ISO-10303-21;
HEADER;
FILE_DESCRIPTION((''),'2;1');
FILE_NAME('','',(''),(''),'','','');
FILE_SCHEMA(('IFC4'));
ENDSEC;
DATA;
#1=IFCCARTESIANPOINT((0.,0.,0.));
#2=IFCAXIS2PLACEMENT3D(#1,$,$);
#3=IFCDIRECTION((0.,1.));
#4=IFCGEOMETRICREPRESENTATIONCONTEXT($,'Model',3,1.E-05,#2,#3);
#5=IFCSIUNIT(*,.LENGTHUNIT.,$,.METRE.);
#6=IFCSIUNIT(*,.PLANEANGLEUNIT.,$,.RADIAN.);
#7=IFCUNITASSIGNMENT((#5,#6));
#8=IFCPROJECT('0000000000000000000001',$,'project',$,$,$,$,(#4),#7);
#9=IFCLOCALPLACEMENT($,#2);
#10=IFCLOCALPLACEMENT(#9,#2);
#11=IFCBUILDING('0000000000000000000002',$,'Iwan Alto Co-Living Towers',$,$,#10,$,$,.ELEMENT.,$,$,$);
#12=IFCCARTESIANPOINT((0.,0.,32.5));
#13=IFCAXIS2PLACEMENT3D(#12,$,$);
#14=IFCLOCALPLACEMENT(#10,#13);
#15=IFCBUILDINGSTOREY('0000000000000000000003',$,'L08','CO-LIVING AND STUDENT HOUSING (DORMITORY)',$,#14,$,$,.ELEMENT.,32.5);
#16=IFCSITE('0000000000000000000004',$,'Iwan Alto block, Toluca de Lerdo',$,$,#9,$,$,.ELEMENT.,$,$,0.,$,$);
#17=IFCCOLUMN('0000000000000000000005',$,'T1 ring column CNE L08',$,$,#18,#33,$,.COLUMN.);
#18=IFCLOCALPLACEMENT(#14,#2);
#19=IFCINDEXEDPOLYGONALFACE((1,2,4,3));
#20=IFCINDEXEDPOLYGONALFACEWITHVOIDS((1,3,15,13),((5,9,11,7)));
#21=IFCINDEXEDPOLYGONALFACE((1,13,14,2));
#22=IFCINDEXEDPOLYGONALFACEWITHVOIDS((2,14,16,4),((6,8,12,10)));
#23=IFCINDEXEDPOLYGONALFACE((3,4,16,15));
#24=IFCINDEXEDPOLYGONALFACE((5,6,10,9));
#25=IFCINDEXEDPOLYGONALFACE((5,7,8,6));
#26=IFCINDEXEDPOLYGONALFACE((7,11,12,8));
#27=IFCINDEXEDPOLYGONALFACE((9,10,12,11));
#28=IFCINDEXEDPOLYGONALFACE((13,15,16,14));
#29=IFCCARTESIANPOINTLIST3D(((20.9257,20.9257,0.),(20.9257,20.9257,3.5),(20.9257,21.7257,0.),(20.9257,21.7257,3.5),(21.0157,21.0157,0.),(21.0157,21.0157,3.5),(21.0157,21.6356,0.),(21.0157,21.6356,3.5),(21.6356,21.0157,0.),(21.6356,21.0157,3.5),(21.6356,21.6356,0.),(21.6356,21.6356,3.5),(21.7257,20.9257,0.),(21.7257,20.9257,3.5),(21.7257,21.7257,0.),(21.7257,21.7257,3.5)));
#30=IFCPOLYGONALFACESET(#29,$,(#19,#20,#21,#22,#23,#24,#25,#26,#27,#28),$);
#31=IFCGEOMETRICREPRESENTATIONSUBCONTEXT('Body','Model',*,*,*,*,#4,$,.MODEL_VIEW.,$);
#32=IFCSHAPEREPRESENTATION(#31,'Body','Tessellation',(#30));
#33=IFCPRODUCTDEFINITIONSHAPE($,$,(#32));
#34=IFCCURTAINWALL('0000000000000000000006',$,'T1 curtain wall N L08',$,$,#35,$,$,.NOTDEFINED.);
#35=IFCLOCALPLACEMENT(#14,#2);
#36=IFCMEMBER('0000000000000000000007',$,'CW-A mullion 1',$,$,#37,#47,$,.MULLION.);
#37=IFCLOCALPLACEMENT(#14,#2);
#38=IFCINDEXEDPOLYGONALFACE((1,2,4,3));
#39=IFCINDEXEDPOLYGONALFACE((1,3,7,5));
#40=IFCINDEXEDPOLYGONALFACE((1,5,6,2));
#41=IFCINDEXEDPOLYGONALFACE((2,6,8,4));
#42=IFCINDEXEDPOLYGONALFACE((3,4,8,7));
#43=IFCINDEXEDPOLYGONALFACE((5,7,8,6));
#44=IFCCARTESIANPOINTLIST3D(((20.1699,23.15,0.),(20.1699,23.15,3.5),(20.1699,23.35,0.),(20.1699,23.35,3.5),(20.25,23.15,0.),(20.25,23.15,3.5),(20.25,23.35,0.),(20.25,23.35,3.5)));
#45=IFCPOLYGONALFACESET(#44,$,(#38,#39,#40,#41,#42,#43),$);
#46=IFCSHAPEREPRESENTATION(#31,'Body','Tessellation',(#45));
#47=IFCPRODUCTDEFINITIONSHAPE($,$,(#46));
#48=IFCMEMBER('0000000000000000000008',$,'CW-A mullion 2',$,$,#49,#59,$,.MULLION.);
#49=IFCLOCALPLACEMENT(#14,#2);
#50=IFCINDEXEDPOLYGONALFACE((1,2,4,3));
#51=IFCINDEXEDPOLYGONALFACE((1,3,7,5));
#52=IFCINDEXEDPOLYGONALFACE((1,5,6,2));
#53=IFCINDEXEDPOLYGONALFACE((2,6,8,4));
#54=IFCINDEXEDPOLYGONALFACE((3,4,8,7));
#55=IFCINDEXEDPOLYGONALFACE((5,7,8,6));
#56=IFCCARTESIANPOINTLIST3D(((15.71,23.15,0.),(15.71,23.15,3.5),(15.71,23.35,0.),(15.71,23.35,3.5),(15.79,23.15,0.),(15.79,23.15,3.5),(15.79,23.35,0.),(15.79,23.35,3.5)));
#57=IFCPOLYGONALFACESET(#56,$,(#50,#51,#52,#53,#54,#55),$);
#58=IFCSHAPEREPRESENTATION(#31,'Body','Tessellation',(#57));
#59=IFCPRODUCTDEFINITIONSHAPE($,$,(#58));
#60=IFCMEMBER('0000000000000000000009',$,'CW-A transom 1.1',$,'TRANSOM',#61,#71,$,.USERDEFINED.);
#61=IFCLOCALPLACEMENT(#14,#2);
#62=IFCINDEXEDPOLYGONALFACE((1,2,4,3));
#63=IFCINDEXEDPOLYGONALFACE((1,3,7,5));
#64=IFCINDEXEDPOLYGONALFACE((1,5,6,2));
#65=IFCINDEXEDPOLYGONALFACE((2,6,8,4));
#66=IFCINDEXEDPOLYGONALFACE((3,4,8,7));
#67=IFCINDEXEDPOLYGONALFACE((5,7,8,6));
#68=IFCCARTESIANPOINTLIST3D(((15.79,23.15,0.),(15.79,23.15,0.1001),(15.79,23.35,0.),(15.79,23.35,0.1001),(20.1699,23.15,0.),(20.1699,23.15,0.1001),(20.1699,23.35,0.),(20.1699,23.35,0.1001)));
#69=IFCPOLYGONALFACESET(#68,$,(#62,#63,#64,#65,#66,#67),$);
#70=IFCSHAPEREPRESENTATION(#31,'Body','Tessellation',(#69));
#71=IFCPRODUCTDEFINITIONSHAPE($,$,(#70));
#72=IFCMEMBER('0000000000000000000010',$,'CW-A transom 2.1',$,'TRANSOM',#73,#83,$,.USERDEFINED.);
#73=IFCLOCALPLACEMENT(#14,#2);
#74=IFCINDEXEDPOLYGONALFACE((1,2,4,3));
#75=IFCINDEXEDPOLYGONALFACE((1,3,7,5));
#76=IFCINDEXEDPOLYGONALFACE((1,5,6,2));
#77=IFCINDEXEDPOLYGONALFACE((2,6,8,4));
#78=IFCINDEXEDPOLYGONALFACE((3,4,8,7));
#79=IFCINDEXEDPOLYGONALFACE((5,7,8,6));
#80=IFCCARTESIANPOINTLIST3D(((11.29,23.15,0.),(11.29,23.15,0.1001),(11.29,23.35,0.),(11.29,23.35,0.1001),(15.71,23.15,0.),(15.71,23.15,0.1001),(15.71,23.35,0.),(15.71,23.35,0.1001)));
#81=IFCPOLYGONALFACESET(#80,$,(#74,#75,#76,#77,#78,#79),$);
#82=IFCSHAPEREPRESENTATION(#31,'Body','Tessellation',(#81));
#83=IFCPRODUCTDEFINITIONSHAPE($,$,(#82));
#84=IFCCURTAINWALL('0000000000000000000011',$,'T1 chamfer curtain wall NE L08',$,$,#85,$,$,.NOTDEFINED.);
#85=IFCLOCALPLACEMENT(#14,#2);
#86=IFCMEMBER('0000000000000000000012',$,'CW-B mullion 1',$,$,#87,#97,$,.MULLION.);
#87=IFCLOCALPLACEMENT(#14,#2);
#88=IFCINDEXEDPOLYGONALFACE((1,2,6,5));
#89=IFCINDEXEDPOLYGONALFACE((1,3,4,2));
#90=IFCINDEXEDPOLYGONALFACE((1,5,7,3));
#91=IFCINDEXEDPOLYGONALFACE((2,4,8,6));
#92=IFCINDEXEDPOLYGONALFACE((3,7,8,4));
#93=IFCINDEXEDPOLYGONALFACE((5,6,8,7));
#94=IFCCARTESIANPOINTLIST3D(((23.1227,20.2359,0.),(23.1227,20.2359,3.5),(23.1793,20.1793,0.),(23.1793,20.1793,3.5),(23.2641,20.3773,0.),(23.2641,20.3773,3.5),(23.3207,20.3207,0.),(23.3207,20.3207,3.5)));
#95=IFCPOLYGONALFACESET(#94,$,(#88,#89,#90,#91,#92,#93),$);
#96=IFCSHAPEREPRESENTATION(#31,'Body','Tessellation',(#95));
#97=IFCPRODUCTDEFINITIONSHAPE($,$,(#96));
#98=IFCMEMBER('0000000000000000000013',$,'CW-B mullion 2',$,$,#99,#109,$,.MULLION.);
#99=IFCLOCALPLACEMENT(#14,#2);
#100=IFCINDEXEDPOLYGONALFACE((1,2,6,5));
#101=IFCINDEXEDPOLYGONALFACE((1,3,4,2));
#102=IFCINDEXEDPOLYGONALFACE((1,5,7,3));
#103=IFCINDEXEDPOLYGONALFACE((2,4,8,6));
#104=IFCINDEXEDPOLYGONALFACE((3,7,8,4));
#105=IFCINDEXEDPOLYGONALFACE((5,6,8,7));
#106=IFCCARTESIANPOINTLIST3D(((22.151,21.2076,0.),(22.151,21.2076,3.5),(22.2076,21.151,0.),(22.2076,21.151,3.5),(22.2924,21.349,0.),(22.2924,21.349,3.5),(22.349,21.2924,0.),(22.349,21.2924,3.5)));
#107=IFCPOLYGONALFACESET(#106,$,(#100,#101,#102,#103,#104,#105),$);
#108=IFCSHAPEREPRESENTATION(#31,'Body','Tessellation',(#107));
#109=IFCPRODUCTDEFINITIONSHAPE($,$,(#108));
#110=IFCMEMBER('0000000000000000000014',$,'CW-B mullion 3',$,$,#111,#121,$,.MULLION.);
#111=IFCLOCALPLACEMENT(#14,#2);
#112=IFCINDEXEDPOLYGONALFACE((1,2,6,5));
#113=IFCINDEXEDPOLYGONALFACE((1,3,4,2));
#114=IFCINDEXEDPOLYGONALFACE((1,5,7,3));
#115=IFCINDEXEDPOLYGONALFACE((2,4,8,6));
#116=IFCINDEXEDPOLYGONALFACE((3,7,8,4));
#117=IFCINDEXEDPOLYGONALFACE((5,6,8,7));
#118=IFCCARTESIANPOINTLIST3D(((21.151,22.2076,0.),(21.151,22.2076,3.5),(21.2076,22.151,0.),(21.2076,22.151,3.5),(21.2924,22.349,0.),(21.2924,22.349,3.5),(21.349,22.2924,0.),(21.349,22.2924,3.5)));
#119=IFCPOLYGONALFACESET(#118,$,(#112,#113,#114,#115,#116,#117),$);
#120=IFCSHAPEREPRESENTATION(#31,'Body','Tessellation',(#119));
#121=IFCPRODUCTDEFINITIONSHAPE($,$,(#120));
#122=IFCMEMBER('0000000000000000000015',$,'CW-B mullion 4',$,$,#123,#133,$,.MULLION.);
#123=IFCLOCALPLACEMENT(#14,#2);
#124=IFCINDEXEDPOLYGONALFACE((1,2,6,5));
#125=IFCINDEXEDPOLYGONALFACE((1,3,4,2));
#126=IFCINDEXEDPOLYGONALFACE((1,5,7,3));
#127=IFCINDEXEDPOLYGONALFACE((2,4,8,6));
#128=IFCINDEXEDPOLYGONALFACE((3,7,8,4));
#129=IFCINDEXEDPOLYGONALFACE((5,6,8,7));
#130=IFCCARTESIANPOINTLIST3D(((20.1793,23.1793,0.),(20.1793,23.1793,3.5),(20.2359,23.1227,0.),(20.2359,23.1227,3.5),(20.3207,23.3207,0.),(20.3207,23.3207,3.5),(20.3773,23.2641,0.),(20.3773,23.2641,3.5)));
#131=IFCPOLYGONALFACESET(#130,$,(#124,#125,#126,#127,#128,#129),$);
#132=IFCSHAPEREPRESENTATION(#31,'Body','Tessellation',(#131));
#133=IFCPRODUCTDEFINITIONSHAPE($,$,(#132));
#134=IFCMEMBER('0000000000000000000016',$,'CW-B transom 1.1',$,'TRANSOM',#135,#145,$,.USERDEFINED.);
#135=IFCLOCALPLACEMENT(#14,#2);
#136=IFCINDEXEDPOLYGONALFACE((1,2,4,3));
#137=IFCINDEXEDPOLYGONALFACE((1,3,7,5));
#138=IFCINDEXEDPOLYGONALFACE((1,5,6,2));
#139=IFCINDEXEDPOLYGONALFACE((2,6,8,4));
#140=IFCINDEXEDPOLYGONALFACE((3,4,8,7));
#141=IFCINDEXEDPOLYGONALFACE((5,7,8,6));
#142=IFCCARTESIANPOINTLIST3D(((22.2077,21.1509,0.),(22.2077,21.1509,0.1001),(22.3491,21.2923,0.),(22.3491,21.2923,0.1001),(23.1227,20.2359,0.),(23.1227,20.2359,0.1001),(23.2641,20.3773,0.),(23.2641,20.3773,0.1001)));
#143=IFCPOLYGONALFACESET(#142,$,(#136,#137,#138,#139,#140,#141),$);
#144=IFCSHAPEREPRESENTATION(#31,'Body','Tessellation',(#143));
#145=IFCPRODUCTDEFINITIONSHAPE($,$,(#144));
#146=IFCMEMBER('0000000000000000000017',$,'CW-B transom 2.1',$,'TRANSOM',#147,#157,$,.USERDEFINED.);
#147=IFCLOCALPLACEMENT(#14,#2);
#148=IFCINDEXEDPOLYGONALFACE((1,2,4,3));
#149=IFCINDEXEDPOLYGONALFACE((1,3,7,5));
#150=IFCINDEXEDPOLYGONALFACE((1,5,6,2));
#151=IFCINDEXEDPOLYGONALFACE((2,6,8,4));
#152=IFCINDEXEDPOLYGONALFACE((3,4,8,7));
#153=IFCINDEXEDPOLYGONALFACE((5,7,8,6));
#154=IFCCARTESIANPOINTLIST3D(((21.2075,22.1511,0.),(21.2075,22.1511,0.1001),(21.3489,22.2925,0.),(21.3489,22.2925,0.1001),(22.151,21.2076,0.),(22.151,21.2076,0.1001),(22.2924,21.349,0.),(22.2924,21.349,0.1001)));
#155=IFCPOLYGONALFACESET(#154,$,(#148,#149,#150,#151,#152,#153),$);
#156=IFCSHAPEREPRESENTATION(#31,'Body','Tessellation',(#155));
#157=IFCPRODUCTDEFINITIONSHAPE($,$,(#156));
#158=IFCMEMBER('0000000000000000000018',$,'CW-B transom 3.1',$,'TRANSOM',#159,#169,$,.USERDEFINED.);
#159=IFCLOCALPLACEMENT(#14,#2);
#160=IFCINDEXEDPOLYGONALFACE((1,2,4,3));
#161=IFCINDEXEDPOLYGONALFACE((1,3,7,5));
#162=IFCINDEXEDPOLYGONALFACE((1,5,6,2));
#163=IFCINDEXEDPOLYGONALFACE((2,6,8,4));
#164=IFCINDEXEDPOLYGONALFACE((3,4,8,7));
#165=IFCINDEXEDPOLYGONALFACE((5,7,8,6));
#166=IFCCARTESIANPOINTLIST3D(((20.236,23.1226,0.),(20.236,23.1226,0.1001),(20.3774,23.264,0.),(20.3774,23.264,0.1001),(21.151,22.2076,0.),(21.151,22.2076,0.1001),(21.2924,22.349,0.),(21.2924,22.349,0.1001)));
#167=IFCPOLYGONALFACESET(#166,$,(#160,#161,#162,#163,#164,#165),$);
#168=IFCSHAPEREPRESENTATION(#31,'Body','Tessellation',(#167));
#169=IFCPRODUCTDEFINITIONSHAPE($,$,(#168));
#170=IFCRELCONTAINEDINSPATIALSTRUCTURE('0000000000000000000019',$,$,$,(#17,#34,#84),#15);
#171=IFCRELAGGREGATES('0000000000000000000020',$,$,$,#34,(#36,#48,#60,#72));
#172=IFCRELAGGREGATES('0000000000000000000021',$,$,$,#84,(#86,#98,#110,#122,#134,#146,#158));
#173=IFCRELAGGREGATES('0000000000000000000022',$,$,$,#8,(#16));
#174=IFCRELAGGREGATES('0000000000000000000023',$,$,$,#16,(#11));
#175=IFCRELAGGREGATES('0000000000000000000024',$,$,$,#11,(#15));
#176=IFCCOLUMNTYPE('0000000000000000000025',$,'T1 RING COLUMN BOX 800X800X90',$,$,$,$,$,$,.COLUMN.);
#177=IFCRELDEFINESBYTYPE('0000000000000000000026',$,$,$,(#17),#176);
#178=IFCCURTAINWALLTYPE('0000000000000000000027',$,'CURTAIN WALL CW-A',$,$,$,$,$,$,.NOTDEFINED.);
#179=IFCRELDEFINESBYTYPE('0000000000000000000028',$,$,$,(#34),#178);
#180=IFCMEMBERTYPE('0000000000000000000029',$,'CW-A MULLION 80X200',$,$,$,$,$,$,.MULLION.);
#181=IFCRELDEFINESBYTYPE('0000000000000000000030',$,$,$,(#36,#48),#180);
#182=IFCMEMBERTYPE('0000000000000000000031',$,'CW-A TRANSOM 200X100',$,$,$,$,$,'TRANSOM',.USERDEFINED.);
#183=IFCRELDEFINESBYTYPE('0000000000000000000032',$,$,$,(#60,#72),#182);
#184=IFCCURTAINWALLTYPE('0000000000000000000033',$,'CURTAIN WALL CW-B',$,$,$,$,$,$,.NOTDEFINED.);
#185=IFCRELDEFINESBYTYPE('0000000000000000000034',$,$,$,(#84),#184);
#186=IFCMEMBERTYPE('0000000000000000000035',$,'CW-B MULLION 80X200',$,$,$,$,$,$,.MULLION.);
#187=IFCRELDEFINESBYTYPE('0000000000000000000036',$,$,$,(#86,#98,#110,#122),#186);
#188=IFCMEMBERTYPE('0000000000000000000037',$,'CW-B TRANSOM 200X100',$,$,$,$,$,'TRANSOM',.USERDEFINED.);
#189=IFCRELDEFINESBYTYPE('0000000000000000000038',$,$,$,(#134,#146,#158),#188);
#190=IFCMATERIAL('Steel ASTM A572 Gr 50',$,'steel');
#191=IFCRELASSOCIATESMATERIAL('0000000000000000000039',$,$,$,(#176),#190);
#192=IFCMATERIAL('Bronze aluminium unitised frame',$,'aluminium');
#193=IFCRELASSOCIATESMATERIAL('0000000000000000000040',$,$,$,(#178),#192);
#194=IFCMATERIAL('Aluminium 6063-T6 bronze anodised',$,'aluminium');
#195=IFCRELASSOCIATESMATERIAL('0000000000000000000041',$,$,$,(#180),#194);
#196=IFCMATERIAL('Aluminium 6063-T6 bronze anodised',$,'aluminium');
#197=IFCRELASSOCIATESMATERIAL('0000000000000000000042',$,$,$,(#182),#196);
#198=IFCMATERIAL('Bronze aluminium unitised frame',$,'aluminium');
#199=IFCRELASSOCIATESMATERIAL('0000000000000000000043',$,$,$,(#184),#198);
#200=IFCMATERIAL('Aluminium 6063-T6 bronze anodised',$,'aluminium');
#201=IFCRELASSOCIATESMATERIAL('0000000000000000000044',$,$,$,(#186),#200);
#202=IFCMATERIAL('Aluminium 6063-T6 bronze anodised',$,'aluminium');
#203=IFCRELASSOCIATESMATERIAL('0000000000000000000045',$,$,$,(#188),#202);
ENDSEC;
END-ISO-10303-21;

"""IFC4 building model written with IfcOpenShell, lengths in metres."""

from ifc_helpers import new_model, si_unit, direction, frame, origin, origin_2d, place, context, subcontext, project, spatial, rectangle, hollow_rectangle, extrude, material, material_profile, profile_set, type_object, element, aggregate, save


model = new_model("IFC4")

# Units and contexts
model_context = context("Model", 3, precision=1e-05, world=origin(), true_north=direction((0.0, 1.0)))
body_context = subcontext(model_context, "Body", "Model", "MODEL_VIEW")
ifc_project = project(units=[si_unit("LENGTHUNIT", "METRE"), si_unit("PLANEANGLEUNIT", "RADIAN")], contexts=[model_context])

# Site, building, storey
site_placement = place(None, origin())
site = spatial("IfcSite", under=ifc_project, at=site_placement, Name="Iwan Alto block, Toluca de Lerdo", CompositionType="ELEMENT", RefElevation=0.0)
building_placement = place(site_placement, origin())
building = spatial("IfcBuilding", under=site, at=building_placement, Name="Iwan Alto Co-Living Towers", CompositionType="ELEMENT")
storey_placement = place(building_placement, frame((0.0, 0.0, 32.5)))
storey = spatial("IfcBuildingStorey", under=building, at=storey_placement, Name="L08", Description="CO-LIVING AND STUDENT HOUSING (DORMITORY)", CompositionType="ELEMENT", Elevation=32.5)

# Column
ifc_material_1 = material(Name="Steel ASTM A572 Gr 50", Category="steel")
ifc_material_profile_1 = material_profile(ifc_material_1, hollow_rectangle(XDim=0.8, YDim=0.8, WallThickness=0.0901, at=origin_2d()), Name="BOX 800X800X90")
ifc_profile_set_1 = profile_set([ifc_material_profile_1], Name="Steel ASTM A572 Gr 50")
column_type = type_object("IfcColumnType", Name="T1 RING COLUMN BOX 800X800X90", PredefinedType="COLUMN", material=ifc_profile_set_1)
column_placement = place(storey_placement, frame((21.3257, 21.3257, 0.0), z_axis=(0.0, 0.0, 1.0), x_axis=(1.0, 0.0, 0.0)))
element("IfcColumn", 1, at=column_placement, inside=storey, type_object=column_type, Name="T1 ring column CNE L08", PredefinedType="COLUMN", context=body_context, shape_type="SweptSolid", body=[
    extrude(hollow_rectangle(XDim=0.8, YDim=0.8, WallThickness=0.0901, at=origin_2d()), origin(), (0.0, 0.0, 1.0), 3.5),
])

# Curtain walls, members
ifc_material_2 = material(Name="Bronze aluminium unitised frame", Category="aluminium")
curtain_wall_type_1 = type_object("IfcCurtainWallType", Name="CURTAIN WALL CW-A", PredefinedType="NOTDEFINED", material=ifc_material_2)
curtain_wall_1_placement = place(storey_placement, origin())
curtain_wall_1 = element("IfcCurtainWall", 2, at=curtain_wall_1_placement, inside=storey, type_object=curtain_wall_type_1, Name="T1 curtain wall N L08", PredefinedType="NOTDEFINED")
ifc_material_3 = material(Name="Aluminium 6063-T6 bronze anodised", Category="aluminium")
ifc_material_profile_2 = material_profile(ifc_material_3, rectangle(XDim=0.2, YDim=0.0801, at=origin_2d()), Name="AL 80X200")
ifc_profile_set_2 = profile_set([ifc_material_profile_2], Name="Aluminium 6063-T6 bronze anodised")
member_type_1 = type_object("IfcMemberType", Name="CW-A MULLION 80X200", PredefinedType="MULLION", material=ifc_profile_set_2)
member_1_placement = place(storey_placement, frame((20.21, 23.25, 0.0), z_axis=(0.0, 0.0, 1.0), x_axis=(0.0, -1.0, 0.0)))
member_1 = element("IfcMember", 3, at=member_1_placement, type_object=member_type_1, Name="CW-A mullion 1", PredefinedType="MULLION", context=body_context, shape_type="SweptSolid", body=[
    extrude(rectangle(XDim=0.2, YDim=0.0801, at=origin_2d()), origin(), (0.0, 0.0, 1.0), 3.5),
])
member_2_placement = place(storey_placement, frame((15.75, 23.25, 0.0), z_axis=(0.0, 0.0, 1.0), x_axis=(0.0, -1.0, 0.0)))
member_2 = element("IfcMember", 4, at=member_2_placement, type_object=member_type_1, Name="CW-A mullion 2", PredefinedType="MULLION", context=body_context, shape_type="SweptSolid", body=[
    extrude(rectangle(XDim=0.2, YDim=0.0801, at=origin_2d()), origin(), (0.0, 0.0, 1.0), 3.5),
])
ifc_material_4 = material(Name="Aluminium 6063-T6 bronze anodised", Category="aluminium")
ifc_material_profile_3 = material_profile(ifc_material_4, rectangle(XDim=0.2, YDim=0.1001, at=origin_2d()), Name="AL 200X100")
ifc_profile_set_3 = profile_set([ifc_material_profile_3], Name="Aluminium 6063-T6 bronze anodised")
member_type_2 = type_object("IfcMemberType", Name="CW-A TRANSOM 200X100", ElementType="TRANSOM", PredefinedType="USERDEFINED", material=ifc_profile_set_3)
member_3_placement = place(storey_placement, frame((20.1699, 23.25, 0.05), z_axis=(-1.0, 0.0, 0.0), x_axis=(0.0, -1.0, 0.0)))
member_3 = element("IfcMember", 5, at=member_3_placement, type_object=member_type_2, Name="CW-A transom 1.1", ObjectType="TRANSOM", PredefinedType="USERDEFINED", context=body_context, shape_type="SweptSolid", body=[
    extrude(rectangle(XDim=0.2, YDim=0.1001, at=origin_2d()), origin(), (0.0, 0.0, 1.0), 4.3799),
])
member_4_placement = place(storey_placement, frame((15.71, 23.25, 0.05), z_axis=(-1.0, 0.0, 0.0), x_axis=(0.0, -1.0, 0.0)))
member_4 = element("IfcMember", 6, at=member_4_placement, type_object=member_type_2, Name="CW-A transom 2.1", ObjectType="TRANSOM", PredefinedType="USERDEFINED", context=body_context, shape_type="SweptSolid", body=[
    extrude(rectangle(XDim=0.2, YDim=0.1001, at=origin_2d()), origin(), (0.0, 0.0, 1.0), 4.4199),
])
ifc_material_5 = material(Name="Bronze aluminium unitised frame", Category="aluminium")
curtain_wall_type_2 = type_object("IfcCurtainWallType", Name="CURTAIN WALL CW-B", PredefinedType="NOTDEFINED", material=ifc_material_5)
curtain_wall_2_placement = place(storey_placement, origin())
curtain_wall_2 = element("IfcCurtainWall", 7, at=curtain_wall_2_placement, inside=storey, type_object=curtain_wall_type_2, Name="T1 chamfer curtain wall NE L08", PredefinedType="NOTDEFINED")
ifc_material_6 = material(Name="Aluminium 6063-T6 bronze anodised", Category="aluminium")
ifc_material_profile_4 = material_profile(ifc_material_6, rectangle(XDim=0.2, YDim=0.0801, at=origin_2d()), Name="AL 80X200")
ifc_profile_set_4 = profile_set([ifc_material_profile_4], Name="Aluminium 6063-T6 bronze anodised")
member_type_3 = type_object("IfcMemberType", Name="CW-B MULLION 80X200", PredefinedType="MULLION", material=ifc_profile_set_4)
member_5_placement = place(storey_placement, frame((23.2217, 20.2783, 0.0), z_axis=(0.0, 0.0, 1.0), x_axis=(-0.707107, -0.707107, 0.0)))
member_5 = element("IfcMember", 8, at=member_5_placement, type_object=member_type_3, Name="CW-B mullion 1", PredefinedType="MULLION", context=body_context, shape_type="SweptSolid", body=[
    extrude(rectangle(XDim=0.2, YDim=0.0801, at=origin_2d()), origin(), (0.0, 0.0, 1.0), 3.5),
])
member_6_placement = place(storey_placement, frame((22.25, 21.25, 0.0), z_axis=(0.0, 0.0, 1.0), x_axis=(-0.707107, -0.707107, 0.0)))
member_6 = element("IfcMember", 9, at=member_6_placement, type_object=member_type_3, Name="CW-B mullion 2", PredefinedType="MULLION", context=body_context, shape_type="SweptSolid", body=[
    extrude(rectangle(XDim=0.2, YDim=0.0801, at=origin_2d()), origin(), (0.0, 0.0, 1.0), 3.5),
])
member_7_placement = place(storey_placement, frame((21.25, 22.25, 0.0), z_axis=(0.0, 0.0, 1.0), x_axis=(-0.707107, -0.707107, 0.0)))
member_7 = element("IfcMember", 10, at=member_7_placement, type_object=member_type_3, Name="CW-B mullion 3", PredefinedType="MULLION", context=body_context, shape_type="SweptSolid", body=[
    extrude(rectangle(XDim=0.2, YDim=0.0801, at=origin_2d()), origin(), (0.0, 0.0, 1.0), 3.5),
])
member_8_placement = place(storey_placement, frame((20.2783, 23.2217, 0.0), z_axis=(0.0, 0.0, 1.0), x_axis=(-0.707107, -0.707107, 0.0)))
member_8 = element("IfcMember", 11, at=member_8_placement, type_object=member_type_3, Name="CW-B mullion 4", PredefinedType="MULLION", context=body_context, shape_type="SweptSolid", body=[
    extrude(rectangle(XDim=0.2, YDim=0.0801, at=origin_2d()), origin(), (0.0, 0.0, 1.0), 3.5),
])
ifc_material_7 = material(Name="Aluminium 6063-T6 bronze anodised", Category="aluminium")
ifc_material_profile_5 = material_profile(ifc_material_7, rectangle(XDim=0.2, YDim=0.1001, at=origin_2d()), Name="AL 200X100")
ifc_profile_set_5 = profile_set([ifc_material_profile_5], Name="Aluminium 6063-T6 bronze anodised")
member_type_4 = type_object("IfcMemberType", Name="CW-B TRANSOM 200X100", ElementType="TRANSOM", PredefinedType="USERDEFINED", material=ifc_profile_set_5)
member_9_placement = place(storey_placement, frame((23.1934, 20.3066, 0.05), z_axis=(-0.707107, 0.707107, 0.0), x_axis=(-0.707107, -0.707107, 0.0)))
member_9 = element("IfcMember", 12, at=member_9_placement, type_object=member_type_4, Name="CW-B transom 1.1", ObjectType="TRANSOM", PredefinedType="USERDEFINED", context=body_context, shape_type="SweptSolid", body=[
    extrude(rectangle(XDim=0.2, YDim=0.1001, at=origin_2d()), origin(), (0.0, 0.0, 1.0), 1.2939),
])
member_10_placement = place(storey_placement, frame((22.2217, 21.2783, 0.05), z_axis=(-0.707107, 0.707107, 0.0), x_axis=(-0.707107, -0.707107, 0.0)))
member_10 = element("IfcMember", 13, at=member_10_placement, type_object=member_type_4, Name="CW-B transom 2.1", ObjectType="TRANSOM", PredefinedType="USERDEFINED", context=body_context, shape_type="SweptSolid", body=[
    extrude(rectangle(XDim=0.2, YDim=0.1001, at=origin_2d()), origin(), (0.0, 0.0, 1.0), 1.3342),
])
member_11_placement = place(storey_placement, frame((21.2217, 22.2783, 0.05), z_axis=(-0.707107, 0.707107, 0.0), x_axis=(-0.707107, -0.707107, 0.0)))
member_11 = element("IfcMember", 14, at=member_11_placement, type_object=member_type_4, Name="CW-B transom 3.1", ObjectType="TRANSOM", PredefinedType="USERDEFINED", context=body_context, shape_type="SweptSolid", body=[
    extrude(rectangle(XDim=0.2, YDim=0.1001, at=origin_2d()), origin(), (0.0, 0.0, 1.0), 1.2939),
])

aggregate(curtain_wall_1, [member_1, member_2, member_3, member_4])
aggregate(curtain_wall_2, [member_5, member_6, member_7, member_8, member_9, member_10, member_11])

save(model, "model.ifc")
